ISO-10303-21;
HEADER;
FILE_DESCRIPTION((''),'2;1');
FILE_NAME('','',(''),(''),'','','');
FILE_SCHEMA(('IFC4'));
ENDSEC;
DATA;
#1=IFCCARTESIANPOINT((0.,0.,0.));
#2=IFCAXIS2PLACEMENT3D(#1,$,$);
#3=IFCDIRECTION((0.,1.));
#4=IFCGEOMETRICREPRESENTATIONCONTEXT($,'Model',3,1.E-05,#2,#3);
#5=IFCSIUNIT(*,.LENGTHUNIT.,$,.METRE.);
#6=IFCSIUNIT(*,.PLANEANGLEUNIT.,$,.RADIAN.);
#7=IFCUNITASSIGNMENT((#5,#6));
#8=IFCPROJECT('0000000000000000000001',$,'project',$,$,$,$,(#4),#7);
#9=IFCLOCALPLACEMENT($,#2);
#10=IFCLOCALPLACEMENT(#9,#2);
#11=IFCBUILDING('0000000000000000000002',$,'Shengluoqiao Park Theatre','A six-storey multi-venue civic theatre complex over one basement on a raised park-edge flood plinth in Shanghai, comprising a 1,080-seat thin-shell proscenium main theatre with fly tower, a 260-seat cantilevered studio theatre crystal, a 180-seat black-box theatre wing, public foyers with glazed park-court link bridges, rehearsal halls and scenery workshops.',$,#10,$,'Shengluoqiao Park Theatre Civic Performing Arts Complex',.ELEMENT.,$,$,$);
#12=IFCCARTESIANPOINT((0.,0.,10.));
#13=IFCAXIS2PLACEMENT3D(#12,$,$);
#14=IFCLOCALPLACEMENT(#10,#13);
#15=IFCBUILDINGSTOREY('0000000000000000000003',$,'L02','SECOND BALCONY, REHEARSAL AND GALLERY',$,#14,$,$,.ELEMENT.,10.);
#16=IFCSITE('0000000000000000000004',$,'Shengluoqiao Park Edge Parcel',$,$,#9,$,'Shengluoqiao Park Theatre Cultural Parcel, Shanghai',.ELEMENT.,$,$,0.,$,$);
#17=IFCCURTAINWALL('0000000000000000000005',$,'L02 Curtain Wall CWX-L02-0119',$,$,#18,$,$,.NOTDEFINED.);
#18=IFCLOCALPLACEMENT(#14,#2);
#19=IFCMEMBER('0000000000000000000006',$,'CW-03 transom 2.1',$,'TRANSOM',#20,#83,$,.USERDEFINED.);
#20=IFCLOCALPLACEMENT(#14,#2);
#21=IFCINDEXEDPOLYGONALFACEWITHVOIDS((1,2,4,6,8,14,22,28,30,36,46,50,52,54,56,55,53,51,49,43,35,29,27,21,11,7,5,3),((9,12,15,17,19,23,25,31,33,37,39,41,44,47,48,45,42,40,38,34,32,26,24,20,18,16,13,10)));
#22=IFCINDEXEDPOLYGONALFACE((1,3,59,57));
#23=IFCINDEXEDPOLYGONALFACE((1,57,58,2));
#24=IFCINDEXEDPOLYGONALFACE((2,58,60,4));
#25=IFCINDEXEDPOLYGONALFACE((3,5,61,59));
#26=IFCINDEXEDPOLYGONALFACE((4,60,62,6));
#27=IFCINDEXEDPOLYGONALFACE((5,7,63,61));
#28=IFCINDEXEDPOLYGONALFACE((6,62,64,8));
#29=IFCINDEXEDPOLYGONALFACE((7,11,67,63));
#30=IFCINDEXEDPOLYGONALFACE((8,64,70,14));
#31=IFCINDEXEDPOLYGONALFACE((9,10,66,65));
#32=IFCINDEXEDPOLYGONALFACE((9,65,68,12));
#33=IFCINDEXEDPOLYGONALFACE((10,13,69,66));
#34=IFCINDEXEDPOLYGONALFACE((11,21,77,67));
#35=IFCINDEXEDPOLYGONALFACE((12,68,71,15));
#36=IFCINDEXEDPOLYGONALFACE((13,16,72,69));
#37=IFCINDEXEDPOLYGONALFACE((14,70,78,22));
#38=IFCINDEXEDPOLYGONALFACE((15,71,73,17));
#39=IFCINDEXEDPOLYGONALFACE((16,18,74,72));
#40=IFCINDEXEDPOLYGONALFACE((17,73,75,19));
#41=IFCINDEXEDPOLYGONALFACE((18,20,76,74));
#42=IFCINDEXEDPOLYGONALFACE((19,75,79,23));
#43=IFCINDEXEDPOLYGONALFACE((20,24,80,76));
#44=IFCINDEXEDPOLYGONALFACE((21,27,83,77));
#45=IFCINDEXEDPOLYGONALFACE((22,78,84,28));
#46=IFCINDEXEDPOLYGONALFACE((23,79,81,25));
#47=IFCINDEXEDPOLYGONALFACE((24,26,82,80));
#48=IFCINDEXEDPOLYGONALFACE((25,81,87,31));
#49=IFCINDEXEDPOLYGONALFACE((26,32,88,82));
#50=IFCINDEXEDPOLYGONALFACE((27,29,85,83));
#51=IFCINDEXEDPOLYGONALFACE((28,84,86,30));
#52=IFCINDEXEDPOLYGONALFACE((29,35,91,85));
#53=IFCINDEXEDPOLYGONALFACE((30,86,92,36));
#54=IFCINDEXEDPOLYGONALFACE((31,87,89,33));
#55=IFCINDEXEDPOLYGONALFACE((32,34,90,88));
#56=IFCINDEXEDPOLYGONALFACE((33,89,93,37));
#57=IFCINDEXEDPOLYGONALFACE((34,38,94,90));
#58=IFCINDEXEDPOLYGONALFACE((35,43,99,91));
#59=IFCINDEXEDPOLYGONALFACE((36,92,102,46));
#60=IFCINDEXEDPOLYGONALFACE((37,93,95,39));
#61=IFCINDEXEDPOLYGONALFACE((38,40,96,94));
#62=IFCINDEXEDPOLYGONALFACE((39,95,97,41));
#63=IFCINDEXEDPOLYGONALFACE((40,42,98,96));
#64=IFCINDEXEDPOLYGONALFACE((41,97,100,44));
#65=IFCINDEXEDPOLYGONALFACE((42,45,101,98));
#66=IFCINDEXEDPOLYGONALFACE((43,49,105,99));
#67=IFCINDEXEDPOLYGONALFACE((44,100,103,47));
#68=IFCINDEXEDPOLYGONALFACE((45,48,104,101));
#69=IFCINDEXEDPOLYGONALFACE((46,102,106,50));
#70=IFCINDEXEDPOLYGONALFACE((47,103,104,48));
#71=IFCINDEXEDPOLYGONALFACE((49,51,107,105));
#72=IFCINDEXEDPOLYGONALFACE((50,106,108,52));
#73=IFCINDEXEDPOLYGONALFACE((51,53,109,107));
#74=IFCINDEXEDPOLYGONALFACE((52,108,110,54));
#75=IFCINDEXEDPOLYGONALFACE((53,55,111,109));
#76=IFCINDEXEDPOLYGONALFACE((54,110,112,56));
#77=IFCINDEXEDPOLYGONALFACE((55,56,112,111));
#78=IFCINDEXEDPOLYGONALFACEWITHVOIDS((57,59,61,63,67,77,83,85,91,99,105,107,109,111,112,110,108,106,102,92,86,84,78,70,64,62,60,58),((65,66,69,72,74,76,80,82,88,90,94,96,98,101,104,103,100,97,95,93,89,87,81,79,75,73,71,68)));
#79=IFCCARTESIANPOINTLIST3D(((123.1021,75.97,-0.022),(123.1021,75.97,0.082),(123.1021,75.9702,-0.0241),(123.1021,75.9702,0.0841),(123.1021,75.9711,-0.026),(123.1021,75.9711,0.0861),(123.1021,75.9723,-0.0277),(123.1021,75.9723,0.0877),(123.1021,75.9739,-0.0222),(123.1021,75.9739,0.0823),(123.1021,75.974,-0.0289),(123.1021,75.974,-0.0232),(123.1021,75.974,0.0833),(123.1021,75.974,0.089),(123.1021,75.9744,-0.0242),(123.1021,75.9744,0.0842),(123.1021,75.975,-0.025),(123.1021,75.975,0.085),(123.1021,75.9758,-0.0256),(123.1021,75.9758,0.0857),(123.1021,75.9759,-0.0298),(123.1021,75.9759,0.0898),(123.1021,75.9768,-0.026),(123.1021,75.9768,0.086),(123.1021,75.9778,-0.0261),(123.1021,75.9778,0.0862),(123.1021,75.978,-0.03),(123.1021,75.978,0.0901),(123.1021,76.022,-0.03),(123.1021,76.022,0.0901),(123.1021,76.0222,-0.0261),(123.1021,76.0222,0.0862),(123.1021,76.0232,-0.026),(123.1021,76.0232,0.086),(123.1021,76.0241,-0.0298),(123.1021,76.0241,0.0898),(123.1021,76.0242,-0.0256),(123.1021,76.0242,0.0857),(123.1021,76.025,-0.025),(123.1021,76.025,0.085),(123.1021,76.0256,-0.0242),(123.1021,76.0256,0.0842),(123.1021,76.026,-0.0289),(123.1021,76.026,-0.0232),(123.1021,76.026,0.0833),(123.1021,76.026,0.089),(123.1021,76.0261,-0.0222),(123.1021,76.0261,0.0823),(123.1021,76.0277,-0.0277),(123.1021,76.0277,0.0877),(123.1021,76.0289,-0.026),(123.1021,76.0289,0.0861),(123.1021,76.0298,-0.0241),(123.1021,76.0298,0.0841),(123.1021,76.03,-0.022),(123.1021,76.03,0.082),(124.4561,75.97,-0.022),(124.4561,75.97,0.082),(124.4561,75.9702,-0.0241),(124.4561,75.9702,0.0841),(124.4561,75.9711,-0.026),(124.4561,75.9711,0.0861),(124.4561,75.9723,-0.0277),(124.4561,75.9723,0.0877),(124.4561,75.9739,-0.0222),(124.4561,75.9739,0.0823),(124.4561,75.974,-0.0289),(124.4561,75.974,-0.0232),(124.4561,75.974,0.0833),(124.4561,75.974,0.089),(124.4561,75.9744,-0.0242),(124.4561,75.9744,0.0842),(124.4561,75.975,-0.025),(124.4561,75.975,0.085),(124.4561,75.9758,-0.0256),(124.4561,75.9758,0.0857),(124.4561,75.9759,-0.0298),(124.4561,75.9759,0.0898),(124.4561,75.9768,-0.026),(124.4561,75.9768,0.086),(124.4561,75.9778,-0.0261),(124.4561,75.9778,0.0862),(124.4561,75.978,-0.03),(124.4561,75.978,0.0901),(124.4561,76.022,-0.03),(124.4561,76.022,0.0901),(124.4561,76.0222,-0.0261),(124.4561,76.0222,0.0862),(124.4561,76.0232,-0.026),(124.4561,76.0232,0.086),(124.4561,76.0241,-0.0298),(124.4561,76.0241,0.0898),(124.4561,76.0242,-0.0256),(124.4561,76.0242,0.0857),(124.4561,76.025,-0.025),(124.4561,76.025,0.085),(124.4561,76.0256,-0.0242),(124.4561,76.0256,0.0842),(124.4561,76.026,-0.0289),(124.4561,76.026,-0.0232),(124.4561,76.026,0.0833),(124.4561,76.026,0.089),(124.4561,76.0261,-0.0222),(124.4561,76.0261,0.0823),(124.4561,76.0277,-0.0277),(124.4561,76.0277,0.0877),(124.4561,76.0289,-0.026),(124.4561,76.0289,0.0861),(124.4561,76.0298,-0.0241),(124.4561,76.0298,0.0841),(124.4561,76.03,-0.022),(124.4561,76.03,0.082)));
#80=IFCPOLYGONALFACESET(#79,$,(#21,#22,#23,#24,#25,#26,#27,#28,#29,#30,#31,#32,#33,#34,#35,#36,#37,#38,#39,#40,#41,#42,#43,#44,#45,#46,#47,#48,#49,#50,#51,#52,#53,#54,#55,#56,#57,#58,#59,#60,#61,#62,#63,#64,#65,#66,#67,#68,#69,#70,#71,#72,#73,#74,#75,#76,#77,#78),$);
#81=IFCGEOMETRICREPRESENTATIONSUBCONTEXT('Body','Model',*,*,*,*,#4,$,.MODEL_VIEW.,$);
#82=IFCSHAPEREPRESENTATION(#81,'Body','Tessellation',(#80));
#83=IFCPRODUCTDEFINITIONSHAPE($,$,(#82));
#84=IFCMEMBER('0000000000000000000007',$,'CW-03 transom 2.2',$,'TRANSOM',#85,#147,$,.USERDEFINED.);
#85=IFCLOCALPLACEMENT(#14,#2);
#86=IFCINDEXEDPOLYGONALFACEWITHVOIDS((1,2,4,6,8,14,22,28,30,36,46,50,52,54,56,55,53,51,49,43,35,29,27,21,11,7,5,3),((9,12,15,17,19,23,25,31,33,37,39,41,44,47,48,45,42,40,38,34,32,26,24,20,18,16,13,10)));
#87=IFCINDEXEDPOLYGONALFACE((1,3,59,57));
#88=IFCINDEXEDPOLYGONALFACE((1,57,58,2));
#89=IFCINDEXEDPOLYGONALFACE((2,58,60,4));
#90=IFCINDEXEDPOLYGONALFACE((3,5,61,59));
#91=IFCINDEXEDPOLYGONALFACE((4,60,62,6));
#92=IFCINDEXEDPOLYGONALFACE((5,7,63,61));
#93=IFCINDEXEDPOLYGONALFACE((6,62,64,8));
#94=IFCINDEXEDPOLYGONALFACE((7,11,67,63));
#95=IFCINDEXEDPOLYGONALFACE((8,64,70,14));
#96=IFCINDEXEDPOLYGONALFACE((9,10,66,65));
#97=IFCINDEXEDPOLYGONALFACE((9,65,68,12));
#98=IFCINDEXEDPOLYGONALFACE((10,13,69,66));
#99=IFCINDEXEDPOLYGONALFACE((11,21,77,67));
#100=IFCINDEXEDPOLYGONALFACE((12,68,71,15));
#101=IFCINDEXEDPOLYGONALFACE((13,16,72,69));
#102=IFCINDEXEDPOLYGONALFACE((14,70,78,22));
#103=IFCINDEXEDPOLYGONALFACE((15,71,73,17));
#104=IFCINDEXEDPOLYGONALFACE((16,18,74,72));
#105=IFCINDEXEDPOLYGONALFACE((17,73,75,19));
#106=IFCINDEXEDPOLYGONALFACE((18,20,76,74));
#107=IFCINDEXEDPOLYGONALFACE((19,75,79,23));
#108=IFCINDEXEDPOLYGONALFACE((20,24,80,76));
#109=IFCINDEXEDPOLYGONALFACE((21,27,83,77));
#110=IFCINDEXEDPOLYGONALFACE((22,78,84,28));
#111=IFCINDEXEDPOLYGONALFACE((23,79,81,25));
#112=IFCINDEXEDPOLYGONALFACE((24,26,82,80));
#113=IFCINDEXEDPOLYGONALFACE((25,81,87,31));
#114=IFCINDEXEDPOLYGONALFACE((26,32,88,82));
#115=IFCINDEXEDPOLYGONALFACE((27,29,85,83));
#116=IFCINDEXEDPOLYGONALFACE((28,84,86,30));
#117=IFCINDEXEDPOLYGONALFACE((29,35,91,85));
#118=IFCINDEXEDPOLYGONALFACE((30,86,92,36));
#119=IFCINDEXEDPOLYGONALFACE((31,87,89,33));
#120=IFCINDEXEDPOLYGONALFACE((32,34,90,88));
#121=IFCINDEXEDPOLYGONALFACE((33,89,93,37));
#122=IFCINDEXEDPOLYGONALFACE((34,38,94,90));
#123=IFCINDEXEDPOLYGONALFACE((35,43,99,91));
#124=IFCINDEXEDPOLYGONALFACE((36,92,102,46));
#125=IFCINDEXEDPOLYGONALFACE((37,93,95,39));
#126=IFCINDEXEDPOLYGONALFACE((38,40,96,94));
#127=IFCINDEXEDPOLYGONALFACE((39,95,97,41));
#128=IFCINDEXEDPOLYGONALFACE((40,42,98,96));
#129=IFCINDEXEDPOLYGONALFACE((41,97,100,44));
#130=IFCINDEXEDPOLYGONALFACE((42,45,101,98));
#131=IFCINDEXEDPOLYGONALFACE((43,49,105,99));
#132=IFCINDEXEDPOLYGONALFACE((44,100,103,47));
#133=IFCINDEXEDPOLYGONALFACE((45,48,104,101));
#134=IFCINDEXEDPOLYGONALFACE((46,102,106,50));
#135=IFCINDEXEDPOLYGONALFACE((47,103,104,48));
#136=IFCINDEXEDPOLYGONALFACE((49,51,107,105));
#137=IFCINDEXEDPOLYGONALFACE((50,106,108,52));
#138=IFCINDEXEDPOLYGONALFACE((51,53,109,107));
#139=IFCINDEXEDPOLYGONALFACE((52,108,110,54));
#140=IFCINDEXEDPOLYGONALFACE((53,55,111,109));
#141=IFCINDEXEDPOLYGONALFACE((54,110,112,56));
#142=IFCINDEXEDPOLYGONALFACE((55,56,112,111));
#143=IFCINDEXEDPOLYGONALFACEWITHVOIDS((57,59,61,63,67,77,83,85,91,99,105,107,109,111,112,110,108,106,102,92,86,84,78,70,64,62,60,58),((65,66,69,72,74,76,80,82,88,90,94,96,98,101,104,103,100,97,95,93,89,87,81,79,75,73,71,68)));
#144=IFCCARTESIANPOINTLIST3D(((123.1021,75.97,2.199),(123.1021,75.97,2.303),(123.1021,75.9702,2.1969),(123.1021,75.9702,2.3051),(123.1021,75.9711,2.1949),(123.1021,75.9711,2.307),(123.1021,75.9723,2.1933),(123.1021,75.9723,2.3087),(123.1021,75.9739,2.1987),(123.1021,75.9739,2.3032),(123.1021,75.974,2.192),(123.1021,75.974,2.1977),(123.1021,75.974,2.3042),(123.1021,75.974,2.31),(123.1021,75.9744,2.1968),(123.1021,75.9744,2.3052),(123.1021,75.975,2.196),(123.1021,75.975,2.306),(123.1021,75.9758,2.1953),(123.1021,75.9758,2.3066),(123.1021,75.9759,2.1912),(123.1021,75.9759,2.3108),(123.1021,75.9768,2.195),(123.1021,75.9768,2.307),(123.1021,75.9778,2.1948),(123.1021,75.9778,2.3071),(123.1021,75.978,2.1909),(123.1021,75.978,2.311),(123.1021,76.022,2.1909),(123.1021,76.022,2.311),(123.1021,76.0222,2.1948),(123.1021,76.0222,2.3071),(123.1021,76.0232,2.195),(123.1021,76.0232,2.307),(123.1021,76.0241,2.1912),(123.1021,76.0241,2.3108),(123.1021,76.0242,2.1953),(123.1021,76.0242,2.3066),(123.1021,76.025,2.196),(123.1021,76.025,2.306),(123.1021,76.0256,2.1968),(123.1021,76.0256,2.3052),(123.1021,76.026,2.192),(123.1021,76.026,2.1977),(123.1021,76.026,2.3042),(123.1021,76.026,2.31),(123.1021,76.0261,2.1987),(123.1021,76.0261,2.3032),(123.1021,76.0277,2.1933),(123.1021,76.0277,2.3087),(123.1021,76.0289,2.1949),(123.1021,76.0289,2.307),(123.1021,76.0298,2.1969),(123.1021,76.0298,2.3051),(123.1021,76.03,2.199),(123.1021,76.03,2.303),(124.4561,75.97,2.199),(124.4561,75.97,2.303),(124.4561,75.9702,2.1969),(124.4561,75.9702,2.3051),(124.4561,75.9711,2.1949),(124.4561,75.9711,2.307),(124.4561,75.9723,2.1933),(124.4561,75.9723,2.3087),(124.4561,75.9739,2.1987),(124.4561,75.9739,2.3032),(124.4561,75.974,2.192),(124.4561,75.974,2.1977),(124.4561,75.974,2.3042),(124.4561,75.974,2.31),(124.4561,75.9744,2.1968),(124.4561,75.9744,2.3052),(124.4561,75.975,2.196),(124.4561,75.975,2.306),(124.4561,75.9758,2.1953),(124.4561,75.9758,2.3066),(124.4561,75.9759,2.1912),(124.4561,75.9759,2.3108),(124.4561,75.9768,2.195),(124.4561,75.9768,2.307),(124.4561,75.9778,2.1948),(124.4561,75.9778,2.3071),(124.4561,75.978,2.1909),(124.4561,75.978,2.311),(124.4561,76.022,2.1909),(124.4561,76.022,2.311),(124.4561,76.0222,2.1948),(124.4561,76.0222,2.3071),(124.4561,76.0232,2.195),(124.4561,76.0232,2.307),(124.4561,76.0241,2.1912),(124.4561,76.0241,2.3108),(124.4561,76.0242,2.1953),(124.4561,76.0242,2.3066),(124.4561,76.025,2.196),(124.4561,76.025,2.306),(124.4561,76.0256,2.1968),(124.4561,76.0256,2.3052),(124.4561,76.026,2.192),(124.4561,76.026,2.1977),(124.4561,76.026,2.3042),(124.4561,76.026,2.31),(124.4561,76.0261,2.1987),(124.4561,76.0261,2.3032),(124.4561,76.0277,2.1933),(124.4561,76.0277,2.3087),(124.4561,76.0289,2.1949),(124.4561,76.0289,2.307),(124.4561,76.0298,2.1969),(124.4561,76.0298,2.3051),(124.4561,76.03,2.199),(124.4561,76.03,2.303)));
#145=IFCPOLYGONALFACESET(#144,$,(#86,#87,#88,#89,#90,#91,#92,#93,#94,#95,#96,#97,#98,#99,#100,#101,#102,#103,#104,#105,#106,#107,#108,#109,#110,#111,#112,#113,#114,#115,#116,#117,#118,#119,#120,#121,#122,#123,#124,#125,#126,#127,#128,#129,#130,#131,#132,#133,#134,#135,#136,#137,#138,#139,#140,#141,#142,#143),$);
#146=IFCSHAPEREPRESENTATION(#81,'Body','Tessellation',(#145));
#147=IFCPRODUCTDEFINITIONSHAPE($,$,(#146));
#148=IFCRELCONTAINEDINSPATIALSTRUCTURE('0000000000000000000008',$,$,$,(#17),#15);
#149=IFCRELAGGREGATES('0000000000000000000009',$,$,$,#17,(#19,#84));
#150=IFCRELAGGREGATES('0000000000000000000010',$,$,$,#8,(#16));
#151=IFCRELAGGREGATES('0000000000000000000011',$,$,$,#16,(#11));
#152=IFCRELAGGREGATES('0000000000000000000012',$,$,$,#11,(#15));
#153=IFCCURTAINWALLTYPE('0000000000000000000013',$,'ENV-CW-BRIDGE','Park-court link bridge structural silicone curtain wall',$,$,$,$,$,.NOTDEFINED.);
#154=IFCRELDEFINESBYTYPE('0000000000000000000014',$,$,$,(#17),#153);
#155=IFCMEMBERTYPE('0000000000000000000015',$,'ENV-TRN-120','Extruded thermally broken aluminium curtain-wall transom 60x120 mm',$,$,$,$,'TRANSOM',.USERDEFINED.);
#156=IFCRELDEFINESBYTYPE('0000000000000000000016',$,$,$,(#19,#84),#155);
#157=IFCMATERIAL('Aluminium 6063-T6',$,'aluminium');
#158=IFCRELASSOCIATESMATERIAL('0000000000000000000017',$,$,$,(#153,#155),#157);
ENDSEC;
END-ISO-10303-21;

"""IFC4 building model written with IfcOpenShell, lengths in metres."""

from ifc_helpers import new_model, si_unit, direction, frame, origin, origin_2d, place, context, subcontext, project, spatial, hollow_rectangle, extrude, material, material_profile, profile_set, type_object, element, aggregate, save


model = new_model("IFC4")

# Units and contexts
model_context = context("Model", 3, precision=1e-05, world=origin(), true_north=direction((0.0, 1.0)))
body_context = subcontext(model_context, "Body", "Model", "MODEL_VIEW")
ifc_project = project(units=[si_unit("LENGTHUNIT", "METRE"), si_unit("PLANEANGLEUNIT", "RADIAN")], contexts=[model_context])

# Site, building, storey
site_placement = place(None, origin())
site = spatial("IfcSite", under=ifc_project, at=site_placement, Name="Shengluoqiao Park Edge Parcel", LongName="Shengluoqiao Park Theatre Cultural Parcel, Shanghai", CompositionType="ELEMENT", RefElevation=0.0)
building_placement = place(site_placement, origin())
building = spatial("IfcBuilding", under=site, at=building_placement, Name="Shengluoqiao Park Theatre", Description="A six-storey multi-venue civic theatre complex over one basement on a raised park-edge flood plinth in Shanghai, comprising a 1,080-seat thin-shell proscenium main theatre with fly tower, a 260-seat cantilevered studio theatre crystal, a 180-seat black-box theatre wing, public foyers with glazed park-court link bridges, rehearsal halls and scenery workshops.", LongName="Shengluoqiao Park Theatre Civic Performing Arts Complex", CompositionType="ELEMENT")
storey_placement = place(building_placement, frame((0.0, 0.0, 10.0)))
storey = spatial("IfcBuildingStorey", under=building, at=storey_placement, Name="L02", Description="SECOND BALCONY, REHEARSAL AND GALLERY", CompositionType="ELEMENT", Elevation=10.0)

# Shared definitions
ifc_material_1 = material(Name="Aluminium 6063-T6", Category="aluminium")
curtain_wall_type = type_object("IfcCurtainWallType", Name="ENV-CW-BRIDGE", Description="Park-court link bridge structural silicone curtain wall", PredefinedType="NOTDEFINED", material=ifc_material_1)

# Curtain wall
curtain_wall_1_placement = place(storey_placement, origin())
curtain_wall_1 = element("IfcCurtainWall", 1, at=curtain_wall_1_placement, inside=storey, type_object=curtain_wall_type, Name="L02 Curtain Wall CWX-L02-0119", PredefinedType="NOTDEFINED")

# Members
ifc_material_profile_1 = material_profile(ifc_material_1, hollow_rectangle(XDim=0.0601, YDim=0.1201, WallThickness=0.0039, InnerFilletRadius=0.0039, OuterFilletRadius=0.0081, at=origin_2d()), Name="ALU TRANSOM 120x60x4")
ifc_profile_set_1 = profile_set([ifc_material_profile_1], Name="Aluminium 6063-T6")
member_type_1 = type_object("IfcMemberType", Name="ENV-TRN-120", Description="Extruded thermally broken aluminium curtain-wall transom 60x120 mm", ElementType="TRANSOM", PredefinedType="USERDEFINED", material=ifc_profile_set_1)
member_1_placement = place(storey_placement, frame((123.1021, 76.0, 0.03), z_axis=(1.0, 0.0, 0.0), x_axis=(0.0, 1.0, 0.0)))
member_1 = element("IfcMember", 2, at=member_1_placement, type_object=member_type_1, Name="CW-03 transom 2.1", ObjectType="TRANSOM", PredefinedType="USERDEFINED", context=body_context, shape_type="SweptSolid", body=[
    extrude(hollow_rectangle(XDim=0.0601, YDim=0.1201, WallThickness=0.0039, InnerFilletRadius=0.0039, OuterFilletRadius=0.0081, at=origin_2d()), origin(), (0.0, 0.0, 1.0), 1.354),
])
member_2_placement = place(storey_placement, frame((123.1021, 76.0, 2.251), z_axis=(1.0, 0.0, 0.0), x_axis=(0.0, 1.0, 0.0)))
member_2 = element("IfcMember", 3, at=member_2_placement, type_object=member_type_1, Name="CW-03 transom 2.2", ObjectType="TRANSOM", PredefinedType="USERDEFINED", context=body_context, shape_type="SweptSolid", body=[
    extrude(hollow_rectangle(XDim=0.0601, YDim=0.1201, WallThickness=0.0039, InnerFilletRadius=0.0039, OuterFilletRadius=0.0081, at=origin_2d()), origin(), (0.0, 0.0, 1.0), 1.354),
])

aggregate(curtain_wall_1, [member_1, member_2])

save(model, "model.ifc")
